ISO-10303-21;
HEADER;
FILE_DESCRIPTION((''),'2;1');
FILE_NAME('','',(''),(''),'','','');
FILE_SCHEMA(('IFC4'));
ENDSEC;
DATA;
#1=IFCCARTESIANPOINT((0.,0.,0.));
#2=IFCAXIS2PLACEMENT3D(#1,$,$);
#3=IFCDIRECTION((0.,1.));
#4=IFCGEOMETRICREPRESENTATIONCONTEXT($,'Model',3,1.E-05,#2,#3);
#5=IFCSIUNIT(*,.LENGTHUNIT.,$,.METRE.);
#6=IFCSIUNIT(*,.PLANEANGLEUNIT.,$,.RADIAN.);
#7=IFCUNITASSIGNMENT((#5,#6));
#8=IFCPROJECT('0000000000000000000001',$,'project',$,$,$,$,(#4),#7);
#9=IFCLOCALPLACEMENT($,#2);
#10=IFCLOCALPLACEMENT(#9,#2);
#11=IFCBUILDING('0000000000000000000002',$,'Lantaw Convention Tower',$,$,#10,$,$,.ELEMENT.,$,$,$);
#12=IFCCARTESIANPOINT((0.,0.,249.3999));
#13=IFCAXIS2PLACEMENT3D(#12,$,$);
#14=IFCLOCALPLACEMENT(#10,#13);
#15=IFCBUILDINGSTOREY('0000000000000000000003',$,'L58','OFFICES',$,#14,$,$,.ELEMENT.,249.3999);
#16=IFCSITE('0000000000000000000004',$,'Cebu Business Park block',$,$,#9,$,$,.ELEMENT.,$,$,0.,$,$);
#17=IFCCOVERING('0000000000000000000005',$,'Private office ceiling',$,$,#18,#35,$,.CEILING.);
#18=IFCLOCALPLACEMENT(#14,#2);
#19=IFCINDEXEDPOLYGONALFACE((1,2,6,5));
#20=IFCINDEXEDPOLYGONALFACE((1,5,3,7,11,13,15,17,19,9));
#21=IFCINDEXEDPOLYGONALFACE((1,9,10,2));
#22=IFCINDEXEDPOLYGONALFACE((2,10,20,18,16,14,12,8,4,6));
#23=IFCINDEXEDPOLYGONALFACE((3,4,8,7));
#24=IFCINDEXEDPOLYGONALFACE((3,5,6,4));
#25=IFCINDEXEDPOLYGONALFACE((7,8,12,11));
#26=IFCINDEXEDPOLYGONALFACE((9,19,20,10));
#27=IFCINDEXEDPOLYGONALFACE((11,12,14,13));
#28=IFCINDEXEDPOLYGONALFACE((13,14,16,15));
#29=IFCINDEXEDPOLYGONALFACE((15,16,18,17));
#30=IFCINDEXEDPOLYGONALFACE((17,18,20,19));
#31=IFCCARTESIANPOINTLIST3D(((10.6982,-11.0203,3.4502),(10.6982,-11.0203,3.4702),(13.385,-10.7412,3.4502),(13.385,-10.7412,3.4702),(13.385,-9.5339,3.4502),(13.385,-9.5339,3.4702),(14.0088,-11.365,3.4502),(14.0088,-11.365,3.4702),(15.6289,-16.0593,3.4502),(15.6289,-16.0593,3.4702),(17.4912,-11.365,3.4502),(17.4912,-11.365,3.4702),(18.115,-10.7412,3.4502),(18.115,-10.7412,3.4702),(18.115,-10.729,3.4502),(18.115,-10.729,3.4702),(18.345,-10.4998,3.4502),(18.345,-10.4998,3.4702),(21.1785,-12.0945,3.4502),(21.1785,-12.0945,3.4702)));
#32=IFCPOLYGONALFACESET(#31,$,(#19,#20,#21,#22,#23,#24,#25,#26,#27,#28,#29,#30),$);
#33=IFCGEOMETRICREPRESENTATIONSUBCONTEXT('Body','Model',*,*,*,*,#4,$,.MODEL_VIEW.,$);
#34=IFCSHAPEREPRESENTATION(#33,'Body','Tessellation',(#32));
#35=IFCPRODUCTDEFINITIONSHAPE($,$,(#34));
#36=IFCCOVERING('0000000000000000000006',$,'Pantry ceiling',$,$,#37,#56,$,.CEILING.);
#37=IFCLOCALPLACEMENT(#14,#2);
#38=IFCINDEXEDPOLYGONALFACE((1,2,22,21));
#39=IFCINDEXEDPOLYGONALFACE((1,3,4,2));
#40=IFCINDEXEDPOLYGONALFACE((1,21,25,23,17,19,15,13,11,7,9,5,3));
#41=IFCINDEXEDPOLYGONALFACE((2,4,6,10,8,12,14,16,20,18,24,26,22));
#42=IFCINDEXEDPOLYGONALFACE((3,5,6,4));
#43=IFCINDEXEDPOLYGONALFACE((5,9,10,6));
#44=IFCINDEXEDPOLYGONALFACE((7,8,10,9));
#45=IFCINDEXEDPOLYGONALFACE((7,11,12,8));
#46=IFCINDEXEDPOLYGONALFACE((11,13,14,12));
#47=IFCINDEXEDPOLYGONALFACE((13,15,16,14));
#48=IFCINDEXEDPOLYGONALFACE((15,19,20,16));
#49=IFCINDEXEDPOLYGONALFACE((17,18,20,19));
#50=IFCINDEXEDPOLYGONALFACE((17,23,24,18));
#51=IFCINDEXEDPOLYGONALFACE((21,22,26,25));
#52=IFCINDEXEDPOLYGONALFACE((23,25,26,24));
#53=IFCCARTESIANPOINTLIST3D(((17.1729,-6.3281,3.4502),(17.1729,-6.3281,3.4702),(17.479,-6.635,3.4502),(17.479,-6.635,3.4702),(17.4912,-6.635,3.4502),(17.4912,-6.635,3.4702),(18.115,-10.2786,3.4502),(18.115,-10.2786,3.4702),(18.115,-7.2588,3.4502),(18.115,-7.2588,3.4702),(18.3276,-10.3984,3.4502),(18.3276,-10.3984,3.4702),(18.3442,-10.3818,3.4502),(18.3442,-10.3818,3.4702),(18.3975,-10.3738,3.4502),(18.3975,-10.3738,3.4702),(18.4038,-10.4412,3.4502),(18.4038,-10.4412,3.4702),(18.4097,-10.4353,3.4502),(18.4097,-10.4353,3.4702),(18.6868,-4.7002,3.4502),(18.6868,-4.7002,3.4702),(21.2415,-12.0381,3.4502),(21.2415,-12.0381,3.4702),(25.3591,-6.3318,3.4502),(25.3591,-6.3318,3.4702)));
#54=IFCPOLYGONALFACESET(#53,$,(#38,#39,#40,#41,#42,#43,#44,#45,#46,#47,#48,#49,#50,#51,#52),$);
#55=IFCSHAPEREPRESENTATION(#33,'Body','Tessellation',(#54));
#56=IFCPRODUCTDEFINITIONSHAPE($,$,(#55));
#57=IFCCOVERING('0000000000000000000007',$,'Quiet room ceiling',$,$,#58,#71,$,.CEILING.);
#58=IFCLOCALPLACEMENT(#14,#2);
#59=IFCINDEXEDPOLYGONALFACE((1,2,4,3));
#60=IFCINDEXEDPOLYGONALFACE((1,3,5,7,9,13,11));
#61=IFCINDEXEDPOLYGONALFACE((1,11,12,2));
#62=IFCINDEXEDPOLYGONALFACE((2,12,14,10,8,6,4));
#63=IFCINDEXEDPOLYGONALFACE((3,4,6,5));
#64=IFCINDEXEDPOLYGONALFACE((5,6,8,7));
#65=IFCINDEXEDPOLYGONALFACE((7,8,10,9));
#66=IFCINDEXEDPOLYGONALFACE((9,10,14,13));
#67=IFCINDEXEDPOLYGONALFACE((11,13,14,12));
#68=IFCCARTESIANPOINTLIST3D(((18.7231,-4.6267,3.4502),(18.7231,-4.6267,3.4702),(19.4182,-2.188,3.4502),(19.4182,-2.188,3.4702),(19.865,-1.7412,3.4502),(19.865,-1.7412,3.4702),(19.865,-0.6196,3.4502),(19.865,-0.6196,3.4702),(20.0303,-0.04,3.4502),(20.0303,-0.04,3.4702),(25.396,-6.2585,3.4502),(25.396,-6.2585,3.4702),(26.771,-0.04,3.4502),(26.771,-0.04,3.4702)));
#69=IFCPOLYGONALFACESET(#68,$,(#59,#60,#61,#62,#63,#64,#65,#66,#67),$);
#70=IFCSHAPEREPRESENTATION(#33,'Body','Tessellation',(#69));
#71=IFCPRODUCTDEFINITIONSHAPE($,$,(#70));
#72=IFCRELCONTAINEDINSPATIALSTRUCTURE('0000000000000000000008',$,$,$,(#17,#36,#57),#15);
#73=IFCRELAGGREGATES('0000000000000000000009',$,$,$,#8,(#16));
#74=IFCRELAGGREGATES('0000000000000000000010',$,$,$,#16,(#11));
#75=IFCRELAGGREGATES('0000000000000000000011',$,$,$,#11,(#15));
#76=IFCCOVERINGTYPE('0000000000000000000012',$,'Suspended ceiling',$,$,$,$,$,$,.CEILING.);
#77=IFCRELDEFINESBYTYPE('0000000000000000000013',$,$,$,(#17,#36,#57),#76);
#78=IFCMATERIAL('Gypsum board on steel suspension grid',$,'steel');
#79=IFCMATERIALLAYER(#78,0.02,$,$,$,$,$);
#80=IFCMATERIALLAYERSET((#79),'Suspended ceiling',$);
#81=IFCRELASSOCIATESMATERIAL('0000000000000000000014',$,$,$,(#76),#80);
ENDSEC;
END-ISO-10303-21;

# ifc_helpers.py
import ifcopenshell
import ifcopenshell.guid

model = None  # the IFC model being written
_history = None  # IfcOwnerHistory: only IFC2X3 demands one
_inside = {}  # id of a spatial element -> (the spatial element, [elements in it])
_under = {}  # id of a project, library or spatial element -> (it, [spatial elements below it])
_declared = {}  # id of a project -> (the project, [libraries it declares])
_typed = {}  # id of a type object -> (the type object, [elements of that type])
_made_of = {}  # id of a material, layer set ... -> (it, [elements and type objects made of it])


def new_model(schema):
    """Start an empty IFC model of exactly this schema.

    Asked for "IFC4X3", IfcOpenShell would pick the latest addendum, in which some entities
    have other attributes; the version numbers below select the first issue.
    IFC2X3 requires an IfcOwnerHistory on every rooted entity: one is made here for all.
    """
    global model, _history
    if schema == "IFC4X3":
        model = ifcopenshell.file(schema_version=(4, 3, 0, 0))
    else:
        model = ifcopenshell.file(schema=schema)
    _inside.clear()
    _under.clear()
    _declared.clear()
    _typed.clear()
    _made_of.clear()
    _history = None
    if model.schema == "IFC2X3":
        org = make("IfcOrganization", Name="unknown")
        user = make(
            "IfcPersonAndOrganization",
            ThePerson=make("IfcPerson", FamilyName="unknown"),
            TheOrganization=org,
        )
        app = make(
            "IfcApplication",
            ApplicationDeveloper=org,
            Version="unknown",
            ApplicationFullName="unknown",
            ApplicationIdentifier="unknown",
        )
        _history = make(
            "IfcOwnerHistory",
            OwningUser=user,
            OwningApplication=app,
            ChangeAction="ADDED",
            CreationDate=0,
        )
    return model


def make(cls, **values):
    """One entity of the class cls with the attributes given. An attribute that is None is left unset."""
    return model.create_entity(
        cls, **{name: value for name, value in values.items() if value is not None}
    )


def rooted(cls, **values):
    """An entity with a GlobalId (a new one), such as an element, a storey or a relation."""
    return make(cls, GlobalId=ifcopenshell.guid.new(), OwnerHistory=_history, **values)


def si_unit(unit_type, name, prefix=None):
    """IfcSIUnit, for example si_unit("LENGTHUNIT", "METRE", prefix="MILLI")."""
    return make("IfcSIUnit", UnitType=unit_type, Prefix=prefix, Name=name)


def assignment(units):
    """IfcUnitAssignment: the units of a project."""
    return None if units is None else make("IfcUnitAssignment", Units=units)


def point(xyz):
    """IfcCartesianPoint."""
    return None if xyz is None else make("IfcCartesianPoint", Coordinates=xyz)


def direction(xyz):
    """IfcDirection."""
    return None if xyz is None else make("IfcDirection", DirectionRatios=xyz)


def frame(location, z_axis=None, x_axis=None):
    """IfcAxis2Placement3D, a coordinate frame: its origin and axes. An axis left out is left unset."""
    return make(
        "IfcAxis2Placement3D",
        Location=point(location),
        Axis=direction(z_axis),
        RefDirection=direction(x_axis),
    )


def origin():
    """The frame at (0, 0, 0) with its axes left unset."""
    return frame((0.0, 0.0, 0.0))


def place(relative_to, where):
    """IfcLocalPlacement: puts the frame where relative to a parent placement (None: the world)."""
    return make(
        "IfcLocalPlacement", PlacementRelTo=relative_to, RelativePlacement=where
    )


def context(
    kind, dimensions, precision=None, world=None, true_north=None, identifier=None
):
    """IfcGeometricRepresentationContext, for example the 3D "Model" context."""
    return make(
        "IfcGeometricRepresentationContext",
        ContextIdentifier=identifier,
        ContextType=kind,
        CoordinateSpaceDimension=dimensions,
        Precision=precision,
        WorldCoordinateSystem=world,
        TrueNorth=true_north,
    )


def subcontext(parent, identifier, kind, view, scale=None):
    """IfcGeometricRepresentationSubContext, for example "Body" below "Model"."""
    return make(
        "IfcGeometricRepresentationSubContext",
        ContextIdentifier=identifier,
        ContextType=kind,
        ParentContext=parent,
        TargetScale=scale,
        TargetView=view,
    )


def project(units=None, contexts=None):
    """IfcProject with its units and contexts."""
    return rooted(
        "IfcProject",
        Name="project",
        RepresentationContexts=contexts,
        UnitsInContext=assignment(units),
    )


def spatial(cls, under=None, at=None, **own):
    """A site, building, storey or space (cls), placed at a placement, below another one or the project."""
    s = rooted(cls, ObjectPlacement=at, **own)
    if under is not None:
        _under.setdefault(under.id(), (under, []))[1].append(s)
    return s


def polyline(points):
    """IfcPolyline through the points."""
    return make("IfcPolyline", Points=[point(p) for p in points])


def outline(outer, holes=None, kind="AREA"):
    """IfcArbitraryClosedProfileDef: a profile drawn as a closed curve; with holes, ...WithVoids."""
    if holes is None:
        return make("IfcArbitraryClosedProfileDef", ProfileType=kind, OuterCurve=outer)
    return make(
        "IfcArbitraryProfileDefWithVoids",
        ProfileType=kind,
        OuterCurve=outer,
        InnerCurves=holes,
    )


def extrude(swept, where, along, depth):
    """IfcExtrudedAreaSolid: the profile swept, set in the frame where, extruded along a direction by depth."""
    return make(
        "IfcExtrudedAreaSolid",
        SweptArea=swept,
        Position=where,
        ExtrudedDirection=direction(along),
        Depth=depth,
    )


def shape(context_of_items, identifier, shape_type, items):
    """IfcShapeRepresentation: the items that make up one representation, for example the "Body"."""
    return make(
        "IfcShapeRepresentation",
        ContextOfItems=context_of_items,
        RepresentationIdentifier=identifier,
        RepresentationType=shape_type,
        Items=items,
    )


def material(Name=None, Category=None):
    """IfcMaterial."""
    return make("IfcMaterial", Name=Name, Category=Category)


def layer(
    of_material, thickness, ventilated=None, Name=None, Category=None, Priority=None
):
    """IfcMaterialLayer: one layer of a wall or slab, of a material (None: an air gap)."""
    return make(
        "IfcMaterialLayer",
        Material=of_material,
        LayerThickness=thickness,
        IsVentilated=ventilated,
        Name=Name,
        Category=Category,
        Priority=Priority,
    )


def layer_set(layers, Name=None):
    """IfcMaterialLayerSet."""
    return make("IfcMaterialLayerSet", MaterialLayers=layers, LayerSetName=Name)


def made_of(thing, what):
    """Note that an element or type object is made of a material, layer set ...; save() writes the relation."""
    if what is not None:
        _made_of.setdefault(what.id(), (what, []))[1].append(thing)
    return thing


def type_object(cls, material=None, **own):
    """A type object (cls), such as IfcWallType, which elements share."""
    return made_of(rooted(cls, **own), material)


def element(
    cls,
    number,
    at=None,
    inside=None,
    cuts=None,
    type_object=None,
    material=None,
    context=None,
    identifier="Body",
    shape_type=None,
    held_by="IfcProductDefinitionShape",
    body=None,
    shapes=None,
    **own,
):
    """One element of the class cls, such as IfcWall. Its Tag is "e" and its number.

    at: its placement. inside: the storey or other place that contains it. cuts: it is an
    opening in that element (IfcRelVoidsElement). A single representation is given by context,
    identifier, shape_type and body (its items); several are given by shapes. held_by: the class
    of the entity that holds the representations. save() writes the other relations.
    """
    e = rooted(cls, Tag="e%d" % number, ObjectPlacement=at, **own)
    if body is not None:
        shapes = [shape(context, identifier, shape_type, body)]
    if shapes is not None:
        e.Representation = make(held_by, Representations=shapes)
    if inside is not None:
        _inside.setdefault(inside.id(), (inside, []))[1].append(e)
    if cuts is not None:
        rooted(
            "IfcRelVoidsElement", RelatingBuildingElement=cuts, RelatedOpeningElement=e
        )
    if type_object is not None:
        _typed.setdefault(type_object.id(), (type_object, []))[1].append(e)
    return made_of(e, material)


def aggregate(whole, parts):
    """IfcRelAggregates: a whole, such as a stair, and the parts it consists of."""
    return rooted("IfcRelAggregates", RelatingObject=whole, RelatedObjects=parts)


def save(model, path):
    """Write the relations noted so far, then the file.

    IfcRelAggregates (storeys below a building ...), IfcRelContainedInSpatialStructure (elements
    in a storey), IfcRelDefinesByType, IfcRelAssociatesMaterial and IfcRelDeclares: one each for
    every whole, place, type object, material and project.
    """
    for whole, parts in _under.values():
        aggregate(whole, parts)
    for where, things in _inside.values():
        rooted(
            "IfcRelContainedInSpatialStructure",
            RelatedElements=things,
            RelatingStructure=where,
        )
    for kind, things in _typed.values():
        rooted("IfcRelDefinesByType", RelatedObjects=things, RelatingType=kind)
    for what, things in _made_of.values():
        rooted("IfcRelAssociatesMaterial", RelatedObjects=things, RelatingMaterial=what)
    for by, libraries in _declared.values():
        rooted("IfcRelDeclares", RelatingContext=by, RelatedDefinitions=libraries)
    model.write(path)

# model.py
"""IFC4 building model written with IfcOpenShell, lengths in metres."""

from ifc_helpers import new_model, si_unit, direction, frame, origin, place, context, subcontext, project, spatial, polyline, outline, extrude, material, layer, layer_set, type_object, element, save


model = new_model("IFC4")

# Units and contexts
model_context = context("Model", 3, precision=1e-05, world=origin(), true_north=direction((0.0, 1.0)))
body_context = subcontext(model_context, "Body", "Model", "MODEL_VIEW")
ifc_project = project(units=[si_unit("LENGTHUNIT", "METRE"), si_unit("PLANEANGLEUNIT", "RADIAN")], contexts=[model_context])

# Site, building, storey
site_placement = place(None, origin())
site = spatial("IfcSite", under=ifc_project, at=site_placement, Name="Cebu Business Park block", CompositionType="ELEMENT", RefElevation=0.0)
building_placement = place(site_placement, origin())
building = spatial("IfcBuilding", under=site, at=building_placement, Name="Lantaw Convention Tower", CompositionType="ELEMENT")
storey_placement = place(building_placement, frame((0.0, 0.0, 249.3999)))
storey = spatial("IfcBuildingStorey", under=building, at=storey_placement, Name="L58", Description="OFFICES", CompositionType="ELEMENT", Elevation=249.3999)

# Coverings
ifc_material_1 = material(Name="Gypsum board on steel suspension grid", Category="steel")
ifc_layer_1 = layer(ifc_material_1, 0.02)
ifc_layer_set_1 = layer_set([ifc_layer_1], Name="Suspended ceiling")
covering_type = type_object("IfcCoveringType", Name="Suspended ceiling", PredefinedType="CEILING", material=ifc_layer_set_1)
covering_1_placement = place(storey_placement, frame((0.0, 0.0, 3.4502)))
element("IfcCovering", 1, at=covering_1_placement, inside=storey, type_object=covering_type, Name="Private office ceiling", PredefinedType="CEILING", context=body_context, shape_type="SweptSolid", body=[
    extrude(outline(polyline([(13.385, -10.7412), (13.385, -9.5339), (10.6982, -11.0203), (15.6289, -16.0593), (21.1785, -12.0945), (18.345, -10.4998), (18.115, -10.729), (18.115, -10.7412), (17.4912, -11.365), (14.0088, -11.365), (13.385, -10.7412)])), origin(), (0.0, 0.0, 1.0), 0.02),
])
covering_2_placement = place(storey_placement, frame((0.0, 0.0, 3.4502)))
element("IfcCovering", 2, at=covering_2_placement, inside=storey, type_object=covering_type, Name="Pantry ceiling", PredefinedType="CEILING", context=body_context, shape_type="SweptSolid", body=[
    extrude(outline(polyline([(17.479, -6.635), (17.4912, -6.635), (18.115, -7.2588), (18.115, -10.2786), (18.3276, -10.3984), (18.3442, -10.3818), (18.3975, -10.3738), (18.4097, -10.4353), (18.4038, -10.4412), (21.2415, -12.0381), (25.3591, -6.3318), (18.6868, -4.7002), (17.1729, -6.3281), (17.479, -6.635)])), origin(), (0.0, 0.0, 1.0), 0.02),
])
covering_3_placement = place(storey_placement, frame((0.0, 0.0, 3.4502)))
element("IfcCovering", 3, at=covering_3_placement, inside=storey, type_object=covering_type, Name="Quiet room ceiling", PredefinedType="CEILING", context=body_context, shape_type="SweptSolid", body=[
    extrude(outline(polyline([(19.4182, -2.188), (18.7231, -4.6267), (25.396, -6.2585), (26.771, -0.04), (20.0303, -0.04), (19.865, -0.6196), (19.865, -1.7412), (19.4182, -2.188)])), origin(), (0.0, 0.0, 1.0), 0.02),
])

save(model, "model.ifc")
